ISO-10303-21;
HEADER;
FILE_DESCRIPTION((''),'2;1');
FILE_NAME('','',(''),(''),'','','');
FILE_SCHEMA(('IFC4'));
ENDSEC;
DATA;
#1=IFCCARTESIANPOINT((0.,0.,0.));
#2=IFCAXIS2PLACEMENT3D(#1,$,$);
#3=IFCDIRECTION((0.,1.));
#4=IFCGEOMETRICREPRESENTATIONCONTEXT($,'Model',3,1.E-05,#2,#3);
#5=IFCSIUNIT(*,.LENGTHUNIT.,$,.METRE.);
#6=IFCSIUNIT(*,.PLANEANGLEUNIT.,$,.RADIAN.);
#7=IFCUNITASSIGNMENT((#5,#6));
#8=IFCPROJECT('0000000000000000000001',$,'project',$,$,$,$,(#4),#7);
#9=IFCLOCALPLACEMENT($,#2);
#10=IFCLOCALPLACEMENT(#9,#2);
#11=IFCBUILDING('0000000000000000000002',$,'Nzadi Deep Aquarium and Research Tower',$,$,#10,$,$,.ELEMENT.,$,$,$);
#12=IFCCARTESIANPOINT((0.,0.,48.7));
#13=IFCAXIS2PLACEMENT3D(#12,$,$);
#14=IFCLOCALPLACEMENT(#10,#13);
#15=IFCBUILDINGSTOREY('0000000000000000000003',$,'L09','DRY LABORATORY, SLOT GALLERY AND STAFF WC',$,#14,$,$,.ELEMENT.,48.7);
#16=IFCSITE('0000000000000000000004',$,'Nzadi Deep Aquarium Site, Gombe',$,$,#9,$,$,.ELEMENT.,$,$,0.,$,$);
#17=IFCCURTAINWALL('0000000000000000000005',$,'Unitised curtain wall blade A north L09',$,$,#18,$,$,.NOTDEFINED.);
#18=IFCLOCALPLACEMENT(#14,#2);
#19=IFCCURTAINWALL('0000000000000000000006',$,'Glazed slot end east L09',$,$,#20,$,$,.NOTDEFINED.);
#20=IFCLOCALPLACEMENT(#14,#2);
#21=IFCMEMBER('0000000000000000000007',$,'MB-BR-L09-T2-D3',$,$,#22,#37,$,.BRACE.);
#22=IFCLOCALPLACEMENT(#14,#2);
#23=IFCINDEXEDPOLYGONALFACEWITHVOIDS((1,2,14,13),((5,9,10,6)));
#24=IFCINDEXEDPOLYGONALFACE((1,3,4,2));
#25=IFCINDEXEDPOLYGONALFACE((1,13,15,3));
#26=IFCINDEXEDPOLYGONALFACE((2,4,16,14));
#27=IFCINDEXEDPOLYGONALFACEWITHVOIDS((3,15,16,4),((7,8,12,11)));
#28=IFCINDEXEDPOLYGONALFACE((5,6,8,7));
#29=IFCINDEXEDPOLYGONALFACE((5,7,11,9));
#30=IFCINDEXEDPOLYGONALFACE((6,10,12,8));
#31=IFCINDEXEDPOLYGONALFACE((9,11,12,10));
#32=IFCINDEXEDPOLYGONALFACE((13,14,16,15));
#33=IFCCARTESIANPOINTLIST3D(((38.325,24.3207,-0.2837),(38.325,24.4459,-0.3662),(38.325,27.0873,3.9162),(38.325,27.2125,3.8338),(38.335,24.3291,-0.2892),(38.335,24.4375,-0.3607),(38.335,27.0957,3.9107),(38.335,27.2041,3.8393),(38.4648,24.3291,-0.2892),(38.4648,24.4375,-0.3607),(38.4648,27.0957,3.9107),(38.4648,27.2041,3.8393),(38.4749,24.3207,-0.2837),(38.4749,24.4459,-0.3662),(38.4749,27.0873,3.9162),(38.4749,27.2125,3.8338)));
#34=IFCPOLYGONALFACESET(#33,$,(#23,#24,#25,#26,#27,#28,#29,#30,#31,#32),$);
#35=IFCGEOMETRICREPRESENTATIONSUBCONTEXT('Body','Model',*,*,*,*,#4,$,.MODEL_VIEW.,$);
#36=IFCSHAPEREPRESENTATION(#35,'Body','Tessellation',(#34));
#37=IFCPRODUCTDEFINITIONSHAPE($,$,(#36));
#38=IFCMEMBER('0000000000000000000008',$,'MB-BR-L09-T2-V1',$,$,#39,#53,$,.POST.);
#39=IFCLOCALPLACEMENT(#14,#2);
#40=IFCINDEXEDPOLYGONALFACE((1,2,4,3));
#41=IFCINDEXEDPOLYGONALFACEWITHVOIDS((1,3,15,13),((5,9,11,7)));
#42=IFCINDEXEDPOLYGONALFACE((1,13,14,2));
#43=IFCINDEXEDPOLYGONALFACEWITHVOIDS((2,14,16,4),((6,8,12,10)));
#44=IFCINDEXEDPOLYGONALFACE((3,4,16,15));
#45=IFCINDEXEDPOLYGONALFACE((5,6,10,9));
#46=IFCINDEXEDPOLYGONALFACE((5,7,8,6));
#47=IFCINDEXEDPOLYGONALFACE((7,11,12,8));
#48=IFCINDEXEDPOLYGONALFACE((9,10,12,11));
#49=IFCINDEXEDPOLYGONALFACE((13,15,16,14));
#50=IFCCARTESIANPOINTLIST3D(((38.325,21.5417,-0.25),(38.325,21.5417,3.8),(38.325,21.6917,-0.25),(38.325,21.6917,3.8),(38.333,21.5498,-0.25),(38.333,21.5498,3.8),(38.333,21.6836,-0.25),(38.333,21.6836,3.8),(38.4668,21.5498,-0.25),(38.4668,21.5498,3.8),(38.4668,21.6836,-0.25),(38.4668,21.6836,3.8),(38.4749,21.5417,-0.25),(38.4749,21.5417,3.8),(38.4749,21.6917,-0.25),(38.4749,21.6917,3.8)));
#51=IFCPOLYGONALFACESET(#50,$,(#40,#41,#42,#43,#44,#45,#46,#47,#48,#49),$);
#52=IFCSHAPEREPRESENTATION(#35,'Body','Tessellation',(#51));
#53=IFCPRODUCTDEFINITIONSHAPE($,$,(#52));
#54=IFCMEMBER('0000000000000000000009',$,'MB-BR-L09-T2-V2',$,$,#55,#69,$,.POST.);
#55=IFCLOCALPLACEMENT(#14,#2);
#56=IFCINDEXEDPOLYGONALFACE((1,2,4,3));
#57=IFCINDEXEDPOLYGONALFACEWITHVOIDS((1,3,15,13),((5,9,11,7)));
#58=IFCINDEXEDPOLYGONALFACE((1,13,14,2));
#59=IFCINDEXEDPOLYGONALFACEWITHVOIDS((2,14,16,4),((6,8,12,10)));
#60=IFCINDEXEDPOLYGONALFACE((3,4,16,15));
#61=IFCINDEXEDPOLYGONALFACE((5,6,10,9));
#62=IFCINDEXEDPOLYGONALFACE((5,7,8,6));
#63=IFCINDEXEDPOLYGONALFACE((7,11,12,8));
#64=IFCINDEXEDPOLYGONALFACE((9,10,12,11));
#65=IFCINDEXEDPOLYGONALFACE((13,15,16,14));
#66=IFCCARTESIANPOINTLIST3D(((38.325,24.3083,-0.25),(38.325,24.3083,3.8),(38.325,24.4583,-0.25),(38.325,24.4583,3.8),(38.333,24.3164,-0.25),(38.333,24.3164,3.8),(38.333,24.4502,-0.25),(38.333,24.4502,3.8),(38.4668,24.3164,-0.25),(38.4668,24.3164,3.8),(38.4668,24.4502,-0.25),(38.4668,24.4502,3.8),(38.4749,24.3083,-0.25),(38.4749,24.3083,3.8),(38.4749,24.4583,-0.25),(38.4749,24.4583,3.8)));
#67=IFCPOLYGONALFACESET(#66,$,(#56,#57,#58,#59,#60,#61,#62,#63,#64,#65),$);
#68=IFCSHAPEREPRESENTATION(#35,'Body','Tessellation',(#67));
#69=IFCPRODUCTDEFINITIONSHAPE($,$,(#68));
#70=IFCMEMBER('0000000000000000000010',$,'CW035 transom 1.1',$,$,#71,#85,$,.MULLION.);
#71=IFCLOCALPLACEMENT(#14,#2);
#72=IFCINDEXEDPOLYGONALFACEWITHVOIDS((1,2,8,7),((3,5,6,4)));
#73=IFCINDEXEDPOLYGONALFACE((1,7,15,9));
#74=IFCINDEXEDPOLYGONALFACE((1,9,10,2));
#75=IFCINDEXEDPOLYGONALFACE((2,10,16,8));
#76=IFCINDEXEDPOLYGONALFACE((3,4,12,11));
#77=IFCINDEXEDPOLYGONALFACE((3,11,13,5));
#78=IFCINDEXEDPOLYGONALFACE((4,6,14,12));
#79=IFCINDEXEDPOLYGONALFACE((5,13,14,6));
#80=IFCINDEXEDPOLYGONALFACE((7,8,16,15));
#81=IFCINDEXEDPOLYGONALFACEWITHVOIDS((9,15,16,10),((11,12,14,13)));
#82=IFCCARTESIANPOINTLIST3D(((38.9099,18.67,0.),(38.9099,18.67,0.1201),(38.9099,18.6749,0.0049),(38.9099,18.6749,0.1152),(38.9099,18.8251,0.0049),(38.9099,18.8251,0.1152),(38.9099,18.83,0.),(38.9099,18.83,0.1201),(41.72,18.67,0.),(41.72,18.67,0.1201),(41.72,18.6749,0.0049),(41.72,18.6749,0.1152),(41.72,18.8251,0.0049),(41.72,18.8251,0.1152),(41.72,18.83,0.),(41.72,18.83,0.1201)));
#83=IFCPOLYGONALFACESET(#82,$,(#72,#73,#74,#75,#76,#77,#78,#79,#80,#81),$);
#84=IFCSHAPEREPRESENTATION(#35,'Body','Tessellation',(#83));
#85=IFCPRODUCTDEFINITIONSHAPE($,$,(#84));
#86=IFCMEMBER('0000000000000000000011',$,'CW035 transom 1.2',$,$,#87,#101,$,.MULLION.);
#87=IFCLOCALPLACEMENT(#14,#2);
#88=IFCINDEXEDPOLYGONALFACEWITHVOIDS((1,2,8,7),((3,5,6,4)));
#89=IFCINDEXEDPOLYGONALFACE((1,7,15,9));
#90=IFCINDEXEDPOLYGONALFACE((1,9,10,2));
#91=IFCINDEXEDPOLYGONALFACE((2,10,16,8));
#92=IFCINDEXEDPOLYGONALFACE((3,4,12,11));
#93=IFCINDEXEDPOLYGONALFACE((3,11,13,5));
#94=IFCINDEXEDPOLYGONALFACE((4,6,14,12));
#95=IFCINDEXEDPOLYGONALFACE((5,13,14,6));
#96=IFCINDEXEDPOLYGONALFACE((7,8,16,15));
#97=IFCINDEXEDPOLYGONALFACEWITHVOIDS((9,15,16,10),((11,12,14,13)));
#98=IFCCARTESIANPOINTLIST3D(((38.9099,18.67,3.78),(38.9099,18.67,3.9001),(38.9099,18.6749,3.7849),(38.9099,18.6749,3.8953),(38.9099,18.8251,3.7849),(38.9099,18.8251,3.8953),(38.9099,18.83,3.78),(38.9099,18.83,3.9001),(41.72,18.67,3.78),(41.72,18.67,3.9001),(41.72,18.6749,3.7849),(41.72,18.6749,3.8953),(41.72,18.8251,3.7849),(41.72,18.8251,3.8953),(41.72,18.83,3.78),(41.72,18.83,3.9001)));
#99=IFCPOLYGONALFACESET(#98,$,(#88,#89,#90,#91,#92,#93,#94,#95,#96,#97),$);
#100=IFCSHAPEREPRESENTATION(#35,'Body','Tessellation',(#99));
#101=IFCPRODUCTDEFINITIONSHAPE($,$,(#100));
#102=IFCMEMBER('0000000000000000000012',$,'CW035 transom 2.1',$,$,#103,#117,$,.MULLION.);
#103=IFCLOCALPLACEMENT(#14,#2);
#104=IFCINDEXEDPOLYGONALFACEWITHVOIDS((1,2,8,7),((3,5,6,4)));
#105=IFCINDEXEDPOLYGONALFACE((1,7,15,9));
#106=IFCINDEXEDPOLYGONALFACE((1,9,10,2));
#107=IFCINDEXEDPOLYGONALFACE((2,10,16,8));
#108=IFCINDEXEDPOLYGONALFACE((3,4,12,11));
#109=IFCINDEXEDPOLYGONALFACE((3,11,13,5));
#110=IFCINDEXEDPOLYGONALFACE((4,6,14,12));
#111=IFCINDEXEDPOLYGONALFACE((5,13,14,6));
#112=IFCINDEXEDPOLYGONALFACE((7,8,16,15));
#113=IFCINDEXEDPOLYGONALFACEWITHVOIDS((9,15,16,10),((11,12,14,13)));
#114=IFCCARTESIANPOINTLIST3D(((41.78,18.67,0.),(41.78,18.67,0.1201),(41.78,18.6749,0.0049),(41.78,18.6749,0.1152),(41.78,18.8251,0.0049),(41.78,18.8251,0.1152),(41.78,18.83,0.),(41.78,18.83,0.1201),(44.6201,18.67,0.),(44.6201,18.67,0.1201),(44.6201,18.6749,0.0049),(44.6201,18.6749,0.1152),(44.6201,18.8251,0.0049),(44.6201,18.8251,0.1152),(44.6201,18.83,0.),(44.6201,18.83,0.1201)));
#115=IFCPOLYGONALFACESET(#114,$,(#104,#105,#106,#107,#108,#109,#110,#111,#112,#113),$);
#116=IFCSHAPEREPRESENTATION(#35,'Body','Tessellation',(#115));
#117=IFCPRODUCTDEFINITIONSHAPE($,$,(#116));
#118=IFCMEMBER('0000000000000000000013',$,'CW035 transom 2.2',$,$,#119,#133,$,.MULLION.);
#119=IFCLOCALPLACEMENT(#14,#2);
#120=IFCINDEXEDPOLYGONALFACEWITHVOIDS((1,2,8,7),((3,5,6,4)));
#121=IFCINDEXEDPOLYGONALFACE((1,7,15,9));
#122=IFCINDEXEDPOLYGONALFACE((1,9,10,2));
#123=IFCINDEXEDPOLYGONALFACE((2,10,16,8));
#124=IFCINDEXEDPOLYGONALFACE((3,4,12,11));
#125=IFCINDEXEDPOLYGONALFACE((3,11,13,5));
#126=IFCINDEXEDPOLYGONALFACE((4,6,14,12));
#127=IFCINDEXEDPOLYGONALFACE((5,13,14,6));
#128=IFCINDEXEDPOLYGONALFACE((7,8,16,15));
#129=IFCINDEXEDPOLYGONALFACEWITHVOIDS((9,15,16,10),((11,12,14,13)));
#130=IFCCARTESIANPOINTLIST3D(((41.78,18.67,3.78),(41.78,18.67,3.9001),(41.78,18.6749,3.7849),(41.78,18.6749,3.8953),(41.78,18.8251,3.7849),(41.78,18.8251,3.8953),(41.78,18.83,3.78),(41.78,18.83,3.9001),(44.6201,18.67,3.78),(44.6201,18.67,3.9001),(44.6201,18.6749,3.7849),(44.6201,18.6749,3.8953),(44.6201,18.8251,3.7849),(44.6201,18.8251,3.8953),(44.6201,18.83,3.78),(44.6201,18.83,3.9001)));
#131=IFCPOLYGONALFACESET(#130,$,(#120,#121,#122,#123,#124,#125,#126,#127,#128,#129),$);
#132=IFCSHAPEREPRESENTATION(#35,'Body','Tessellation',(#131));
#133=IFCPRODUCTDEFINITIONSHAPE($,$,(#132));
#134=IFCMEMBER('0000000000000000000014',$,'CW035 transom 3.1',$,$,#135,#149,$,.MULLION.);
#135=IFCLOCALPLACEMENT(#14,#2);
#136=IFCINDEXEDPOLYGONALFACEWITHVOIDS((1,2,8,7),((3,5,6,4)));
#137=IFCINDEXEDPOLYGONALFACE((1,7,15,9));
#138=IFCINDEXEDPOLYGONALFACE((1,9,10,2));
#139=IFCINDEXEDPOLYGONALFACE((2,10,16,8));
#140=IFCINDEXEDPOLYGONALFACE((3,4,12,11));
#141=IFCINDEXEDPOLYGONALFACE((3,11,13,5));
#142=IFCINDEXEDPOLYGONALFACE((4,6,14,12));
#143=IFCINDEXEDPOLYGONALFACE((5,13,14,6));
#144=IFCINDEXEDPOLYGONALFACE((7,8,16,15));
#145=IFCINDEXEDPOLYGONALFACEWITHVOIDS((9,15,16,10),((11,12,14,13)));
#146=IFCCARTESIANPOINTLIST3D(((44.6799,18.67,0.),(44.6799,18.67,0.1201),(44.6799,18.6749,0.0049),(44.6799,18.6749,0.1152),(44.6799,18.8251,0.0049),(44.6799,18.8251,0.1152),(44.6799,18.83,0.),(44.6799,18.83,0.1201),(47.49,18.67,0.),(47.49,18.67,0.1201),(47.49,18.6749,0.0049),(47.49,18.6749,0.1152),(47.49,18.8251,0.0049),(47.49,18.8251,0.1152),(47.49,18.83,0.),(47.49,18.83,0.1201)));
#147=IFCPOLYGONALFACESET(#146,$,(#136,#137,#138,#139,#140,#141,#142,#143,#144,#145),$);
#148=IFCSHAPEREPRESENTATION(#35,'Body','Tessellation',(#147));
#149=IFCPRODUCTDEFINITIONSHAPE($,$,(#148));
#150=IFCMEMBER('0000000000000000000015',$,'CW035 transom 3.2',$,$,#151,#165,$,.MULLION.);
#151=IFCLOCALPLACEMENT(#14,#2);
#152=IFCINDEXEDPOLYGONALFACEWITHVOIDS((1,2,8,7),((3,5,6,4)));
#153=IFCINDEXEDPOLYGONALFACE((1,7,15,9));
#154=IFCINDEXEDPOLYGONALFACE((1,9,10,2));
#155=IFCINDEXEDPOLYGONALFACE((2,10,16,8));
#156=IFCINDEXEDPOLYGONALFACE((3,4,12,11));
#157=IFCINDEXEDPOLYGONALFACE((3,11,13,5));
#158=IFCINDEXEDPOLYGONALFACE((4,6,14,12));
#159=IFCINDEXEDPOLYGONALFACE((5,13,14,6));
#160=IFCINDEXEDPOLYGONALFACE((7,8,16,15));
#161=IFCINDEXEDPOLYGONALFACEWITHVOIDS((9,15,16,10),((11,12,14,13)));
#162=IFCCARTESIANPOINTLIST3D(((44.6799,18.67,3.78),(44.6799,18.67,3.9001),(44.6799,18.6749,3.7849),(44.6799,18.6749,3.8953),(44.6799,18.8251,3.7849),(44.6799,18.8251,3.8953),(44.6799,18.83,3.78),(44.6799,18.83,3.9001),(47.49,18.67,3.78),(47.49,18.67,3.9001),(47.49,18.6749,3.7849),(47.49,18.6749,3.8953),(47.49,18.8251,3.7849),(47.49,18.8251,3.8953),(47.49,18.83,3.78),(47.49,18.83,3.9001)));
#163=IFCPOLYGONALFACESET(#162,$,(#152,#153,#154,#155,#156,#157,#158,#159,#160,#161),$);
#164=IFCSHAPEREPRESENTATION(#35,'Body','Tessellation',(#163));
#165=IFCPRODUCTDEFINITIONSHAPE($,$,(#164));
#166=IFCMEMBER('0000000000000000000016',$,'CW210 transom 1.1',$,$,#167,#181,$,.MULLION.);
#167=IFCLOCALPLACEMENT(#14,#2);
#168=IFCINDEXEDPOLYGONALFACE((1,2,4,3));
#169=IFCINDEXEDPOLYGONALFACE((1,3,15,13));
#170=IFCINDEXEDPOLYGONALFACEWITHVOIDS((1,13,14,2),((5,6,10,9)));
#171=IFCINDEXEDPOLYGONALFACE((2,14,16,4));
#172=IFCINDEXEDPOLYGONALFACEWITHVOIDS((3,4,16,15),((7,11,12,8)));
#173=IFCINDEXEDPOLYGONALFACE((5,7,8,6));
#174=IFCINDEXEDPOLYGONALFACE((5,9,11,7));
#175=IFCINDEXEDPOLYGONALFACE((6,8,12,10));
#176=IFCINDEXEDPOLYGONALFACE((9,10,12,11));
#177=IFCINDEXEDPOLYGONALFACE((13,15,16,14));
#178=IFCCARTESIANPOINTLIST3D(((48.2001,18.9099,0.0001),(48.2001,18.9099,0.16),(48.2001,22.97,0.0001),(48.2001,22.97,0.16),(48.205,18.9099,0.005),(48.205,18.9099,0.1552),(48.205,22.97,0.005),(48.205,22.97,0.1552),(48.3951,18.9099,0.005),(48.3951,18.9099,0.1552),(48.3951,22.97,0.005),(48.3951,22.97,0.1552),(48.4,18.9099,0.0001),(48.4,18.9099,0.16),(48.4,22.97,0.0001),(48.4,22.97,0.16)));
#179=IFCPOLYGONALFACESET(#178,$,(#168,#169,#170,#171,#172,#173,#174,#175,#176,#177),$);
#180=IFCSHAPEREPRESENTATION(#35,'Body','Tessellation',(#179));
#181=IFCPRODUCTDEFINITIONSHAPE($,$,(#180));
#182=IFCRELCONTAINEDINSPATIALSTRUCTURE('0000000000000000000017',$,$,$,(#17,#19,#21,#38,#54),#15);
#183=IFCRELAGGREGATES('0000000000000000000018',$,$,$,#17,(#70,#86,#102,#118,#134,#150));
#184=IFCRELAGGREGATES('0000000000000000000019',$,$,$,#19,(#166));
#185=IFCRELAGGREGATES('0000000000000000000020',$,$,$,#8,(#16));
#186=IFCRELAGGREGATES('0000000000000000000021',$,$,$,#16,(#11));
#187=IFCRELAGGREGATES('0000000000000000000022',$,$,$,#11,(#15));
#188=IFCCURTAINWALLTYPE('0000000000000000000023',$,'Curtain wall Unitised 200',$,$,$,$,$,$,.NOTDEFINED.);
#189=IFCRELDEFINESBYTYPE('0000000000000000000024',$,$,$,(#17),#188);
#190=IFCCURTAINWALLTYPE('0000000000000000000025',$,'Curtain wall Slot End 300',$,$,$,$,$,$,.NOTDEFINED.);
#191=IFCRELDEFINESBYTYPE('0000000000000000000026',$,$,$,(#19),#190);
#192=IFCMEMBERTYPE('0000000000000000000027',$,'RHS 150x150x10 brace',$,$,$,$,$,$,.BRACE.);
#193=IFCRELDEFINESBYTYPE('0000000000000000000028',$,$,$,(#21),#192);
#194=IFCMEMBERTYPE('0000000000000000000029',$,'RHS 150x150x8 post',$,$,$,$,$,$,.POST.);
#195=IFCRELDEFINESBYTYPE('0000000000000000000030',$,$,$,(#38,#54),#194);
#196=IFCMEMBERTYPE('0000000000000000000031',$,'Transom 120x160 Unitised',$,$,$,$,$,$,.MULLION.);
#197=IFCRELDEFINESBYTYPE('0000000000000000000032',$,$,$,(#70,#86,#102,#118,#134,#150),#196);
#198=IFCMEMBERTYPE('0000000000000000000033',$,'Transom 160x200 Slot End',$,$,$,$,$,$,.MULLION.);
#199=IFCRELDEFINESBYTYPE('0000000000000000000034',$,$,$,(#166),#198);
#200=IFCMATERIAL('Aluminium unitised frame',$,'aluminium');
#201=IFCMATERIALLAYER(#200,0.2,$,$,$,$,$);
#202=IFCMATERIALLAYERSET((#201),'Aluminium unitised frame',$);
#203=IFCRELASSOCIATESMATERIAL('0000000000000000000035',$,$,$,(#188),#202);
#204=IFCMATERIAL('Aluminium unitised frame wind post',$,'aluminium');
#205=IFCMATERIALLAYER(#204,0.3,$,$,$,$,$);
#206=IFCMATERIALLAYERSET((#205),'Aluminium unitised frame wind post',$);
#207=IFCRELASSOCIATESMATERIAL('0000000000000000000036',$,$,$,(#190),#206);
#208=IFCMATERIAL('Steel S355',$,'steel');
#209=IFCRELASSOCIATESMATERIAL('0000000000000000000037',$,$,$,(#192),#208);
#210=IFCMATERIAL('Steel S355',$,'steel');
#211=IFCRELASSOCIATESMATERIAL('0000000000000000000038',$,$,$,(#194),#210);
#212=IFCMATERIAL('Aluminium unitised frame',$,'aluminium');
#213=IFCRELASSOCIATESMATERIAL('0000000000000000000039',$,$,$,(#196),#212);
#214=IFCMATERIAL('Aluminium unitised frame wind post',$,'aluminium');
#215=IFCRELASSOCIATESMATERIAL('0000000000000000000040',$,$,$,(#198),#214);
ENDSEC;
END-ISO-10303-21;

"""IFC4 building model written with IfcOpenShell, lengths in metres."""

from ifc_helpers import new_model, si_unit, direction, frame, origin, origin_2d, place, context, subcontext, project, spatial, hollow_rectangle, extrude, material, layer, layer_set, material_profile, profile_set, type_object, element, aggregate, save


model = new_model("IFC4")

# Units and contexts
model_context = context("Model", 3, precision=1e-05, world=origin(), true_north=direction((0.0, 1.0)))
body_context = subcontext(model_context, "Body", "Model", "MODEL_VIEW")
ifc_project = project(units=[si_unit("LENGTHUNIT", "METRE"), si_unit("PLANEANGLEUNIT", "RADIAN")], contexts=[model_context])

# Site, building, storey
site_placement = place(None, origin())
site = spatial("IfcSite", under=ifc_project, at=site_placement, Name="Nzadi Deep Aquarium Site, Gombe", CompositionType="ELEMENT", RefElevation=0.0)
building_placement = place(site_placement, origin())
building = spatial("IfcBuilding", under=site, at=building_placement, Name="Nzadi Deep Aquarium and Research Tower", CompositionType="ELEMENT")
storey_placement = place(building_placement, frame((0.0, 0.0, 48.7)))
storey = spatial("IfcBuildingStorey", under=building, at=storey_placement, Name="L09", Description="DRY LABORATORY, SLOT GALLERY AND STAFF WC", CompositionType="ELEMENT", Elevation=48.7)

# Curtain walls
ifc_material_1 = material(Name="Aluminium unitised frame", Category="aluminium")
ifc_layer_1 = layer(ifc_material_1, 0.2)
ifc_layer_set_1 = layer_set([ifc_layer_1], Name="Aluminium unitised frame")
curtain_wall_type_1 = type_object("IfcCurtainWallType", Name="Curtain wall Unitised 200", PredefinedType="NOTDEFINED", material=ifc_layer_set_1)
curtain_wall_1_placement = place(storey_placement, origin())
curtain_wall_1 = element("IfcCurtainWall", 1, at=curtain_wall_1_placement, inside=storey, type_object=curtain_wall_type_1, Name="Unitised curtain wall blade A north L09", PredefinedType="NOTDEFINED")
ifc_material_2 = material(Name="Aluminium unitised frame wind post", Category="aluminium")
ifc_layer_2 = layer(ifc_material_2, 0.3)
ifc_layer_set_2 = layer_set([ifc_layer_2], Name="Aluminium unitised frame wind post")
curtain_wall_type_2 = type_object("IfcCurtainWallType", Name="Curtain wall Slot End 300", PredefinedType="NOTDEFINED", material=ifc_layer_set_2)
curtain_wall_2_placement = place(storey_placement, origin())
curtain_wall_2 = element("IfcCurtainWall", 2, at=curtain_wall_2_placement, inside=storey, type_object=curtain_wall_type_2, Name="Glazed slot end east L09", PredefinedType="NOTDEFINED")

# Members
ifc_material_3 = material(Name="Steel S355", Category="steel")
ifc_material_profile_1 = material_profile(ifc_material_3, hollow_rectangle(XDim=0.1499, YDim=0.1499, WallThickness=0.01, at=origin_2d()))
ifc_profile_set_1 = profile_set([ifc_material_profile_1], Name="Steel S355")
member_type_1 = type_object("IfcMemberType", Name="RHS 150x150x10 brace", PredefinedType="BRACE", material=ifc_profile_set_1)
for number, where, z_axis, x_axis, name in (
    (3, (38.3999, 24.3833, -0.325), (0.0, 0.550099, 0.8351), (-1.0, 0.0, 0.0), "MB-BR-L09-T2-D3"),
):
    element("IfcMember", number, at=place(storey_placement, frame(where, z_axis=z_axis, x_axis=x_axis)), inside=storey, type_object=member_type_1, Name=name, PredefinedType="BRACE", context=body_context, shape_type="SweptSolid", body=[
        extrude(hollow_rectangle(XDim=0.1499, YDim=0.1499, WallThickness=0.01, at=origin_2d()), origin(), (0.0, 0.0, 1.0), 5.0293),
    ])
ifc_material_4 = material(Name="Steel S355", Category="steel")
ifc_material_profile_2 = material_profile(ifc_material_4, hollow_rectangle(XDim=0.1499, YDim=0.1499, WallThickness=0.0081, at=origin_2d()))
ifc_profile_set_2 = profile_set([ifc_material_profile_2], Name="Steel S355")
member_type_2 = type_object("IfcMemberType", Name="RHS 150x150x8 post", PredefinedType="POST", material=ifc_profile_set_2)
for number, where, z_axis, x_axis, name in (
    (4, (38.3999, 21.6167, -0.25), (0.0, 0.0, 1.0), (1.0, 0.0, 0.0), "MB-BR-L09-T2-V1"),
    (5, (38.3999, 24.3833, -0.25), (0.0, 0.0, 1.0), (1.0, 0.0, 0.0), "MB-BR-L09-T2-V2"),
):
    element("IfcMember", number, at=place(storey_placement, frame(where, z_axis=z_axis, x_axis=x_axis)), inside=storey, type_object=member_type_2, Name=name, PredefinedType="POST", context=body_context, shape_type="SweptSolid", body=[
        extrude(hollow_rectangle(XDim=0.1499, YDim=0.1499, WallThickness=0.0081, at=origin_2d()), origin(), (0.0, 0.0, 1.0), 4.05),
    ])

# Members
ifc_material_5 = material(Name="Aluminium unitised frame", Category="aluminium")
ifc_material_profile_3 = material_profile(ifc_material_5, hollow_rectangle(XDim=0.1599, YDim=0.1201, WallThickness=0.0049, at=origin_2d()))
ifc_profile_set_3 = profile_set([ifc_material_profile_3], Name="Aluminium unitised frame")
member_type_3 = type_object("IfcMemberType", Name="Transom 120x160 Unitised", PredefinedType="MULLION", material=ifc_profile_set_3)
member_1_placement = place(storey_placement, frame((38.9099, 18.75, 0.0601), z_axis=(1.0, 0.0, 0.0), x_axis=(0.0, 1.0, 0.0)))
member_1 = element("IfcMember", 6, at=member_1_placement, type_object=member_type_3, Name="CW035 transom 1.1", PredefinedType="MULLION", context=body_context, shape_type="SweptSolid", body=[
    extrude(hollow_rectangle(XDim=0.1599, YDim=0.1201, WallThickness=0.0049, at=origin_2d()), origin(), (0.0, 0.0, 1.0), 2.8101),
])
member_2_placement = place(storey_placement, frame((38.9099, 18.75, 3.8401), z_axis=(1.0, 0.0, 0.0), x_axis=(0.0, 1.0, 0.0)))
member_2 = element("IfcMember", 7, at=member_2_placement, type_object=member_type_3, Name="CW035 transom 1.2", PredefinedType="MULLION", context=body_context, shape_type="SweptSolid", body=[
    extrude(hollow_rectangle(XDim=0.1599, YDim=0.1201, WallThickness=0.0049, at=origin_2d()), origin(), (0.0, 0.0, 1.0), 2.8101),
])
member_3_placement = place(storey_placement, frame((41.78, 18.75, 0.0601), z_axis=(1.0, 0.0, 0.0), x_axis=(0.0, 1.0, 0.0)))
member_3 = element("IfcMember", 8, at=member_3_placement, type_object=member_type_3, Name="CW035 transom 2.1", PredefinedType="MULLION", context=body_context, shape_type="SweptSolid", body=[
    extrude(hollow_rectangle(XDim=0.1599, YDim=0.1201, WallThickness=0.0049, at=origin_2d()), origin(), (0.0, 0.0, 1.0), 2.8401),
])
member_4_placement = place(storey_placement, frame((41.78, 18.75, 3.8401), z_axis=(1.0, 0.0, 0.0), x_axis=(0.0, 1.0, 0.0)))
member_4 = element("IfcMember", 9, at=member_4_placement, type_object=member_type_3, Name="CW035 transom 2.2", PredefinedType="MULLION", context=body_context, shape_type="SweptSolid", body=[
    extrude(hollow_rectangle(XDim=0.1599, YDim=0.1201, WallThickness=0.0049, at=origin_2d()), origin(), (0.0, 0.0, 1.0), 2.8401),
])
member_5_placement = place(storey_placement, frame((44.6799, 18.75, 0.0601), z_axis=(1.0, 0.0, 0.0), x_axis=(0.0, 1.0, 0.0)))
member_5 = element("IfcMember", 10, at=member_5_placement, type_object=member_type_3, Name="CW035 transom 3.1", PredefinedType="MULLION", context=body_context, shape_type="SweptSolid", body=[
    extrude(hollow_rectangle(XDim=0.1599, YDim=0.1201, WallThickness=0.0049, at=origin_2d()), origin(), (0.0, 0.0, 1.0), 2.8101),
])
member_6_placement = place(storey_placement, frame((44.6799, 18.75, 3.8401), z_axis=(1.0, 0.0, 0.0), x_axis=(0.0, 1.0, 0.0)))
member_6 = element("IfcMember", 11, at=member_6_placement, type_object=member_type_3, Name="CW035 transom 3.2", PredefinedType="MULLION", context=body_context, shape_type="SweptSolid", body=[
    extrude(hollow_rectangle(XDim=0.1599, YDim=0.1201, WallThickness=0.0049, at=origin_2d()), origin(), (0.0, 0.0, 1.0), 2.8101),
])
ifc_material_6 = material(Name="Aluminium unitised frame wind post", Category="aluminium")
ifc_material_profile_4 = material_profile(ifc_material_6, hollow_rectangle(XDim=0.2, YDim=0.1599, WallThickness=0.0049, at=origin_2d()))
ifc_profile_set_4 = profile_set([ifc_material_profile_4], Name="Aluminium unitised frame wind post")
member_type_4 = type_object("IfcMemberType", Name="Transom 160x200 Slot End", PredefinedType="MULLION", material=ifc_profile_set_4)
member_7_placement = place(storey_placement, frame((48.3, 18.9099, 0.0801), z_axis=(0.0, 1.0, 0.0), x_axis=(-1.0, 0.0, 0.0)))
member_7 = element("IfcMember", 12, at=member_7_placement, type_object=member_type_4, Name="CW210 transom 1.1", PredefinedType="MULLION", context=body_context, shape_type="SweptSolid", body=[
    extrude(hollow_rectangle(XDim=0.2, YDim=0.1599, WallThickness=0.0049, at=origin_2d()), origin(), (0.0, 0.0, 1.0), 4.0601),
])

aggregate(curtain_wall_1, [member_1, member_2, member_3, member_4, member_5, member_6])
aggregate(curtain_wall_2, [member_7])

save(model, "model.ifc")
